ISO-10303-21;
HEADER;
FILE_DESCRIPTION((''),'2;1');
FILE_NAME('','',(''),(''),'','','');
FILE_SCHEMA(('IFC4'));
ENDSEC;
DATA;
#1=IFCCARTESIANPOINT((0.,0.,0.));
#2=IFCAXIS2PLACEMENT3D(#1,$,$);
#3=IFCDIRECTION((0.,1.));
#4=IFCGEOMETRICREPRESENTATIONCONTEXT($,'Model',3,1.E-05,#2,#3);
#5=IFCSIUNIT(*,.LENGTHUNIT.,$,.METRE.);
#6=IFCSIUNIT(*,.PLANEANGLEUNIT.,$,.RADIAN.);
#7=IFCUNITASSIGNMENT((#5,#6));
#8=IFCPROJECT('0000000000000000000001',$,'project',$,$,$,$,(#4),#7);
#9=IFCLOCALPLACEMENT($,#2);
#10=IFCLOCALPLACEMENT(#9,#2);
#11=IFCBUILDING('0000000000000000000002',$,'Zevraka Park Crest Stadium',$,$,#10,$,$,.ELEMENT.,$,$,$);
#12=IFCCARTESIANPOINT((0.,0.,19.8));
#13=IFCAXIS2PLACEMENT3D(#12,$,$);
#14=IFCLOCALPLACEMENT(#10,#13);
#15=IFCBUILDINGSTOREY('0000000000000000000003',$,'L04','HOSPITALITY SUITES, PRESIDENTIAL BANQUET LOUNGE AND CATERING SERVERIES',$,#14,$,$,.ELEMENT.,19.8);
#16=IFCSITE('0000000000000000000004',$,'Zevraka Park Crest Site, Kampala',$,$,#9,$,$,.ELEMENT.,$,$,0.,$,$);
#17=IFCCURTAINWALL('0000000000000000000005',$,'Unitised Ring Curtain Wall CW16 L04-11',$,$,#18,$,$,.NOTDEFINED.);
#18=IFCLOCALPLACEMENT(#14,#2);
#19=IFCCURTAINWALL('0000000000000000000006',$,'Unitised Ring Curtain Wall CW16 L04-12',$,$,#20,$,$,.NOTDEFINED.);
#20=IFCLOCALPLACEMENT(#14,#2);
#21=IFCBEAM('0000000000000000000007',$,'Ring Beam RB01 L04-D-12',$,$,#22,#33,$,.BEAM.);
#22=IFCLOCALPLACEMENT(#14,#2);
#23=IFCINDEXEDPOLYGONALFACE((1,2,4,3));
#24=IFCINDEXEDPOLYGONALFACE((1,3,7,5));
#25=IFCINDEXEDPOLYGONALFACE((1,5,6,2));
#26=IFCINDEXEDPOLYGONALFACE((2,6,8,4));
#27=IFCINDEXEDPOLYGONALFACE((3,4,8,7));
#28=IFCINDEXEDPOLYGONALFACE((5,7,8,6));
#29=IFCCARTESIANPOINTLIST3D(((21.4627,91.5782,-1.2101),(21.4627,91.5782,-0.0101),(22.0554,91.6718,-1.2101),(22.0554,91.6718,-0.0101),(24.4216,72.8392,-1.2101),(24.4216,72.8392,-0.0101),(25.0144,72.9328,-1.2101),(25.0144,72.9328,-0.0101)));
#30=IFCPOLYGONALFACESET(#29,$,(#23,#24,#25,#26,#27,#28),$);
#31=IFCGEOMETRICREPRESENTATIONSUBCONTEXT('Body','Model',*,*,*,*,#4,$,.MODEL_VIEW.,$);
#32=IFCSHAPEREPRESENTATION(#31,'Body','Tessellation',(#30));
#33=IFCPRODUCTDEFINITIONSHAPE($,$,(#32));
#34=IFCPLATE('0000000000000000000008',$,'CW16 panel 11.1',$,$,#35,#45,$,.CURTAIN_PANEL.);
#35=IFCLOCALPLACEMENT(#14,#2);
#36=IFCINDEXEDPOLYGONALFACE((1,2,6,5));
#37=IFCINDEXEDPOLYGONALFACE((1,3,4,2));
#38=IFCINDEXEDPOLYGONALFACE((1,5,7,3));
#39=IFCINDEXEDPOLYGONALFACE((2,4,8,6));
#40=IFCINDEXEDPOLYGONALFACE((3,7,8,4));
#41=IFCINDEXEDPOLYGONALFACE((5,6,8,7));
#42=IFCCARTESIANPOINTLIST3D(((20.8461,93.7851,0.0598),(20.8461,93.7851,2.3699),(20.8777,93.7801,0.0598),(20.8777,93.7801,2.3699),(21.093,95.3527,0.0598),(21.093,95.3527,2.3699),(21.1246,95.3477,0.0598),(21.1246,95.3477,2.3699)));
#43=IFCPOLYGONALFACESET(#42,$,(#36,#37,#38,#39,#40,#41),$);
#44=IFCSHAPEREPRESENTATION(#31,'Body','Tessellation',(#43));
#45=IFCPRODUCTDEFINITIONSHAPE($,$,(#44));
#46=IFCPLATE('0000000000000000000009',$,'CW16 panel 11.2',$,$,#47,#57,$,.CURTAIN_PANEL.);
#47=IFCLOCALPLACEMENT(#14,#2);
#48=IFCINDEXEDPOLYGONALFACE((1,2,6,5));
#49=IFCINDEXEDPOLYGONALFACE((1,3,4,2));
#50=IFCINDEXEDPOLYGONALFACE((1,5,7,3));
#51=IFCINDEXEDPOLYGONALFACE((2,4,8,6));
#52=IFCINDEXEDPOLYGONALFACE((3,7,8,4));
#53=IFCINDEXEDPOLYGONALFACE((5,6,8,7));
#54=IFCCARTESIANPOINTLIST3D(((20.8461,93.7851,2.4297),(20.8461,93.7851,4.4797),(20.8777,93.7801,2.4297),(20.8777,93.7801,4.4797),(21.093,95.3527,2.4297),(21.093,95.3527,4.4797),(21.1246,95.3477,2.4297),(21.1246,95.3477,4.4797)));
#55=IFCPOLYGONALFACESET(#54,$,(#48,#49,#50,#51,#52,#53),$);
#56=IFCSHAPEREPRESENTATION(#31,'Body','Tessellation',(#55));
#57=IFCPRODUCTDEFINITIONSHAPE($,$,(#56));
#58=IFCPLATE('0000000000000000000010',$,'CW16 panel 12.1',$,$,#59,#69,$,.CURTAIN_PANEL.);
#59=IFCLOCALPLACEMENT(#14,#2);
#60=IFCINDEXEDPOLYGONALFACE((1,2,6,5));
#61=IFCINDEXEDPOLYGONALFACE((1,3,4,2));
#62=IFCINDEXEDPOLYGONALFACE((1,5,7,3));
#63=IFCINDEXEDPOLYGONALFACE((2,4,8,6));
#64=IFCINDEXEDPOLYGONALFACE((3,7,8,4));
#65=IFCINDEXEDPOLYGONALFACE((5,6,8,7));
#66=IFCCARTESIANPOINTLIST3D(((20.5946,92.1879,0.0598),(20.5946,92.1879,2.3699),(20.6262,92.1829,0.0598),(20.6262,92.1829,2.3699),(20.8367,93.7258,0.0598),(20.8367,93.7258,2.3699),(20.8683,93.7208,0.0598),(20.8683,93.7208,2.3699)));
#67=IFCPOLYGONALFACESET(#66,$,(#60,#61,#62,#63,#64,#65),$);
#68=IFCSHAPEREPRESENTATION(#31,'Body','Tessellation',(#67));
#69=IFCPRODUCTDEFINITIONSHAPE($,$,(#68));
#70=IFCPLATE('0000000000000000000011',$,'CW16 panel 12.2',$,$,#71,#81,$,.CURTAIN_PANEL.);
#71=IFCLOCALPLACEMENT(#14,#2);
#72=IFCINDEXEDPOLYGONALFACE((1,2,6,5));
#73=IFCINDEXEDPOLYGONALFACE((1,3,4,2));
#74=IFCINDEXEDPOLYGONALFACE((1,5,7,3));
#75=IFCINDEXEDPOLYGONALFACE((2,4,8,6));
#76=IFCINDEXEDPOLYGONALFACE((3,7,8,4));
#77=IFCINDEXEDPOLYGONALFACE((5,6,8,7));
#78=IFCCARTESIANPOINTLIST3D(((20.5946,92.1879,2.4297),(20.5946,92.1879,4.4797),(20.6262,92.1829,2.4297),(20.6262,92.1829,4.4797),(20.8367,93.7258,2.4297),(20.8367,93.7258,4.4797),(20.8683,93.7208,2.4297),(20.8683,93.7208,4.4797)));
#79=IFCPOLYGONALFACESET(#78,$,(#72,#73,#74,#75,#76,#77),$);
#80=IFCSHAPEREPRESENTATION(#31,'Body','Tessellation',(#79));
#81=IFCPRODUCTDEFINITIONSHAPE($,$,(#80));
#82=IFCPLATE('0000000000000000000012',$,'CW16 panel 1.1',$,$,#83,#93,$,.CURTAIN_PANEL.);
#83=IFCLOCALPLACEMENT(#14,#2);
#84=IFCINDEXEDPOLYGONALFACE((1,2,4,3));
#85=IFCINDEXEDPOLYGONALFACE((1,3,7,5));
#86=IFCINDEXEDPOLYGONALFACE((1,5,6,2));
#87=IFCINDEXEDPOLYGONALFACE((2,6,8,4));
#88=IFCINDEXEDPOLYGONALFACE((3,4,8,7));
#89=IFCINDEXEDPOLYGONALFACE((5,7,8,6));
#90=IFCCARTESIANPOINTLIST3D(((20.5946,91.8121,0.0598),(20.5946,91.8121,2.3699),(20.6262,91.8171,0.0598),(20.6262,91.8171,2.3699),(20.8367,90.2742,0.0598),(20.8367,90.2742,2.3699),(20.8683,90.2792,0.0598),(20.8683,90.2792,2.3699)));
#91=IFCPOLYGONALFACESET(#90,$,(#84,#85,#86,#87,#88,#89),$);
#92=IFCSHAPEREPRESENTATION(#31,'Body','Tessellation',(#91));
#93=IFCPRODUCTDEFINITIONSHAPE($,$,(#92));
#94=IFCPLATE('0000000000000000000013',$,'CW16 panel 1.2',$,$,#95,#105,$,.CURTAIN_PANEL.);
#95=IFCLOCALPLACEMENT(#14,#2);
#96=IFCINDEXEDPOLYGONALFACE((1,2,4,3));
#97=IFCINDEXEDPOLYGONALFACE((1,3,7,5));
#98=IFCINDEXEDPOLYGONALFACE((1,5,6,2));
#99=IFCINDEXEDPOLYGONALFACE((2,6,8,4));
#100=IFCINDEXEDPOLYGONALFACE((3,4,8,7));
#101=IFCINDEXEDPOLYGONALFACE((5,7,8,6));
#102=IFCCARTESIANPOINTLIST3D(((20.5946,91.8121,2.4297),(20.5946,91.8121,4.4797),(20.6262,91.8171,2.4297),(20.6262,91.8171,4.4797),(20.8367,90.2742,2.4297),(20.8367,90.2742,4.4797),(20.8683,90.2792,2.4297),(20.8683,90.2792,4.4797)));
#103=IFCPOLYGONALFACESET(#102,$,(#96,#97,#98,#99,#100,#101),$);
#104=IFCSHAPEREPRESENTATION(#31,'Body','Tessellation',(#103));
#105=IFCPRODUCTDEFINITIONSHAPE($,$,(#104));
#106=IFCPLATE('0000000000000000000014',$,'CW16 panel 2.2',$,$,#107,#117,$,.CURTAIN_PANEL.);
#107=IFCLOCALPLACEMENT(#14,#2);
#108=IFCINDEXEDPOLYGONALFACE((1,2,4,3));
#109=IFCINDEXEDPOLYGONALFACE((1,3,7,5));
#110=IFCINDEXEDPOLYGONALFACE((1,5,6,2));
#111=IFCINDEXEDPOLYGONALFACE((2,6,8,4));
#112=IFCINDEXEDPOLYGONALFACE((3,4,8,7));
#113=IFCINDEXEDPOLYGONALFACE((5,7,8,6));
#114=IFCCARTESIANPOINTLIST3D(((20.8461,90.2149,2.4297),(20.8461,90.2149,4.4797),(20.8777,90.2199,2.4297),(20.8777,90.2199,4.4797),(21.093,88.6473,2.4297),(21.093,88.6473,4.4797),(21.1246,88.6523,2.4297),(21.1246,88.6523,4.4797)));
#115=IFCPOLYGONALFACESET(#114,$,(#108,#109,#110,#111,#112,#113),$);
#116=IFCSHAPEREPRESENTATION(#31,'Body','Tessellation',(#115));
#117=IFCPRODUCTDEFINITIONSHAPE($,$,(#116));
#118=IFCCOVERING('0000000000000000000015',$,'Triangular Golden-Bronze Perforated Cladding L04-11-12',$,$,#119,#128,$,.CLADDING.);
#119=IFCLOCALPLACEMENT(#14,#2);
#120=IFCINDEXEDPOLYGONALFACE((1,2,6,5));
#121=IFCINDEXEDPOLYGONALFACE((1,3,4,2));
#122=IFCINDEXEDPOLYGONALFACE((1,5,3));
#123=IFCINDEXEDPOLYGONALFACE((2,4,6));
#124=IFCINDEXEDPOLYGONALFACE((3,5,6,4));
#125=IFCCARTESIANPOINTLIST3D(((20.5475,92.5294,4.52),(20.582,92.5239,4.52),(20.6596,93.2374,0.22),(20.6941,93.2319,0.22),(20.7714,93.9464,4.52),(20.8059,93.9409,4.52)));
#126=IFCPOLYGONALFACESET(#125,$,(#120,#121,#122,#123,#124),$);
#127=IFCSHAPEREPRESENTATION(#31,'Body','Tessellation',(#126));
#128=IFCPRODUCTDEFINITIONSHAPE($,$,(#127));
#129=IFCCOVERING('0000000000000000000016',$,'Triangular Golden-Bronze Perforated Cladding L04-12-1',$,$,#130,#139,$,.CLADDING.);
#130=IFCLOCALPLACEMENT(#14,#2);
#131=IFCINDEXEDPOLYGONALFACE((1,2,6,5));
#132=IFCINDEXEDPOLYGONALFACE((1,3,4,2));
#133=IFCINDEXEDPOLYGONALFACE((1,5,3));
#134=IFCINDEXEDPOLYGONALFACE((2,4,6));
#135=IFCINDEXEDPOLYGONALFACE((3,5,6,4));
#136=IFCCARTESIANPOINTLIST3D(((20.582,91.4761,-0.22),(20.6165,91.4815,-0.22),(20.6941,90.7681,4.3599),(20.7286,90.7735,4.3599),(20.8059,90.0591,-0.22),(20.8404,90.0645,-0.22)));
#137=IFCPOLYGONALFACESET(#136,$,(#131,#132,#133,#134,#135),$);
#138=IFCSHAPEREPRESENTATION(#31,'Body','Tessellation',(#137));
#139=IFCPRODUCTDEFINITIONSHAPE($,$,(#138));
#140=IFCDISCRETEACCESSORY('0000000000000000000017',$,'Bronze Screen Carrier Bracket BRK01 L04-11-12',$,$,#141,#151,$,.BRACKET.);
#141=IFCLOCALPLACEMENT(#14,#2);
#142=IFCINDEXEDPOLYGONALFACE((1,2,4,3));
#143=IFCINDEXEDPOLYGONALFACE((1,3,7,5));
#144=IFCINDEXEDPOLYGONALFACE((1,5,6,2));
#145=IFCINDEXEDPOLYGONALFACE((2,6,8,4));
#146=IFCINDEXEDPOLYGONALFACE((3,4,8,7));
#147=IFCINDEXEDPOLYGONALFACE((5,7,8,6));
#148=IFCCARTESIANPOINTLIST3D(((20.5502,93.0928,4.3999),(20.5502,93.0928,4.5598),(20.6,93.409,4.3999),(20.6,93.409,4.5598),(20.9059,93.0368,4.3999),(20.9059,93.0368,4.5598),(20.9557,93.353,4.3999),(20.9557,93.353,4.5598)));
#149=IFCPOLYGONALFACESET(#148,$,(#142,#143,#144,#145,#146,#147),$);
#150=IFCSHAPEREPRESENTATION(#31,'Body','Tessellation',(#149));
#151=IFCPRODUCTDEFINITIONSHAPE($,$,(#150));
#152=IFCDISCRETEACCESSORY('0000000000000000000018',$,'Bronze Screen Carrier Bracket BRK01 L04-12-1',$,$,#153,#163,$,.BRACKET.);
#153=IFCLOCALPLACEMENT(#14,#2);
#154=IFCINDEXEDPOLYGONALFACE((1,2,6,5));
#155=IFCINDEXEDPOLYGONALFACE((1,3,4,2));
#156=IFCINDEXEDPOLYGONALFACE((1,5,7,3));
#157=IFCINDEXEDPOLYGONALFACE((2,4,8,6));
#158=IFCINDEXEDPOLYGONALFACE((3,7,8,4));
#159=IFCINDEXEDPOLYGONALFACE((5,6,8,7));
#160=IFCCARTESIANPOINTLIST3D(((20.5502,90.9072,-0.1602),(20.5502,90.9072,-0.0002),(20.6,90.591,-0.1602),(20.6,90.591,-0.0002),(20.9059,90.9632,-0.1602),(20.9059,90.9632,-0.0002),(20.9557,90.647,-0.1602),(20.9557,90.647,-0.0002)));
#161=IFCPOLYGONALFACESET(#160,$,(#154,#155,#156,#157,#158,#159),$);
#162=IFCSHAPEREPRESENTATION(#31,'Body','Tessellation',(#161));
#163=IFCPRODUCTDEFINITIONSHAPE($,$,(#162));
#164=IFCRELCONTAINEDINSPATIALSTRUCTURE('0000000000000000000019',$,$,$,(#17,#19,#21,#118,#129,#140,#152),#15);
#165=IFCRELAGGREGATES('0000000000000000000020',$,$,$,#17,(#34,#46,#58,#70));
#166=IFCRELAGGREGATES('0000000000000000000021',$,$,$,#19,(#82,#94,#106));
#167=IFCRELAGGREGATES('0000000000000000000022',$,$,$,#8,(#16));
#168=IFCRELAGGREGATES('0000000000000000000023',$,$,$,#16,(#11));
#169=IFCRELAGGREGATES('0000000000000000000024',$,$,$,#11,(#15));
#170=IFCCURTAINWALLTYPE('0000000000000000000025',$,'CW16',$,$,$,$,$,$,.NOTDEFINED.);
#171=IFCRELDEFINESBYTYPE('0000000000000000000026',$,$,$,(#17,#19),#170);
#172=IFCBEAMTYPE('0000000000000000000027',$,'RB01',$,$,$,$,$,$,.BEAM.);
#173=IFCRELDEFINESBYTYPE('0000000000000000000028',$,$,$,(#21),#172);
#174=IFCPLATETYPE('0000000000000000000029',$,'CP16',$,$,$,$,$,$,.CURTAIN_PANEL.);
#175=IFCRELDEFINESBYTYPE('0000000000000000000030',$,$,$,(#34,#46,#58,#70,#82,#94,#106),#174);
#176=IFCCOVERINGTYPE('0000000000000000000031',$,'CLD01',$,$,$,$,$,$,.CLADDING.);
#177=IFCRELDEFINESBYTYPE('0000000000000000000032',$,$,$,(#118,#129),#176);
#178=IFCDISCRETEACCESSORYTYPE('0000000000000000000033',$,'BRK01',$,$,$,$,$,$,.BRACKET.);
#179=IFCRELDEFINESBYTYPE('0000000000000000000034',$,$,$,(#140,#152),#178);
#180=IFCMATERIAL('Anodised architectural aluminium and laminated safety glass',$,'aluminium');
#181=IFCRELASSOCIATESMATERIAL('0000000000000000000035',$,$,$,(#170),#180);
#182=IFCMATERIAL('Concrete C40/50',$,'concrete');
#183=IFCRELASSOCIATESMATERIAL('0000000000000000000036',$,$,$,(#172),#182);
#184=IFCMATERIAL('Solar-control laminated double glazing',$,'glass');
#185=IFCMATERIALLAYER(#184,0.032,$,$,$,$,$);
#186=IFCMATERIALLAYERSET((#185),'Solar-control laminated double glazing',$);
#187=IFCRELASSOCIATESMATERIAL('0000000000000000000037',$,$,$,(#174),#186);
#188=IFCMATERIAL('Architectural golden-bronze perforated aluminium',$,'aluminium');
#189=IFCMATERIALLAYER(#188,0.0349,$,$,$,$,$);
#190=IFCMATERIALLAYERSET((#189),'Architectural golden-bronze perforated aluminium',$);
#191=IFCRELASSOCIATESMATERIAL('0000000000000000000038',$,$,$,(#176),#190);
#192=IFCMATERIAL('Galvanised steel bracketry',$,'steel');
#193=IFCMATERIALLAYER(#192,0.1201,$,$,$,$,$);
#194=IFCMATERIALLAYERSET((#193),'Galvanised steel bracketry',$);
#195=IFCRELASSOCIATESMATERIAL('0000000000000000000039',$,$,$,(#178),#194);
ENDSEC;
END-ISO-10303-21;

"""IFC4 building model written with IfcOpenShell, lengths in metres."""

from ifc_helpers import new_model, si_unit, direction, frame, origin, origin_2d, place, context, subcontext, project, spatial, polyline, rectangle, outline, extrude, material, layer, layer_set, material_profile, profile_set, type_object, element, aggregate, save


model = new_model("IFC4")

# Units and contexts
model_context = context("Model", 3, precision=1e-05, world=origin(), true_north=direction((0.0, 1.0)))
body_context = subcontext(model_context, "Body", "Model", "MODEL_VIEW")
ifc_project = project(units=[si_unit("LENGTHUNIT", "METRE"), si_unit("PLANEANGLEUNIT", "RADIAN")], contexts=[model_context])

# Site, building, storey
site_placement = place(None, origin())
site = spatial("IfcSite", under=ifc_project, at=site_placement, Name="Zevraka Park Crest Site, Kampala", CompositionType="ELEMENT", RefElevation=0.0)
building_placement = place(site_placement, origin())
building = spatial("IfcBuilding", under=site, at=building_placement, Name="Zevraka Park Crest Stadium", CompositionType="ELEMENT")
storey_placement = place(building_placement, frame((0.0, 0.0, 19.8)))
storey = spatial("IfcBuildingStorey", under=building, at=storey_placement, Name="L04", Description="HOSPITALITY SUITES, PRESIDENTIAL BANQUET LOUNGE AND CATERING SERVERIES", CompositionType="ELEMENT", Elevation=19.8)

# Curtain walls
ifc_material_1 = material(Name="Anodised architectural aluminium and laminated safety glass", Category="aluminium")
curtain_wall_type = type_object("IfcCurtainWallType", Name="CW16", PredefinedType="NOTDEFINED", material=ifc_material_1)
curtain_wall_1_placement = place(storey_placement, origin())
curtain_wall_1 = element("IfcCurtainWall", 1, at=curtain_wall_1_placement, inside=storey, type_object=curtain_wall_type, Name="Unitised Ring Curtain Wall CW16 L04-11", PredefinedType="NOTDEFINED")
curtain_wall_2_placement = place(storey_placement, origin())
curtain_wall_2 = element("IfcCurtainWall", 2, at=curtain_wall_2_placement, inside=storey, type_object=curtain_wall_type, Name="Unitised Ring Curtain Wall CW16 L04-12", PredefinedType="NOTDEFINED")

# Beam
ifc_material_2 = material(Name="Concrete C40/50", Category="concrete")
ifc_material_profile_1 = material_profile(ifc_material_2, rectangle(XDim=0.6001, YDim=1.2, at=origin_2d()), Name="RC 1200x600")
ifc_profile_set_1 = profile_set([ifc_material_profile_1], Name="Concrete C40/50")
beam_type = type_object("IfcBeamType", Name="RB01", PredefinedType="BEAM", material=ifc_profile_set_1)
beam_placement = place(storey_placement, frame((21.759, 91.625, -0.6101), z_axis=(0.155972, -0.987761, 0.0), x_axis=(0.987761, 0.155972, 0.0)))
element("IfcBeam", 3, at=beam_placement, inside=storey, type_object=beam_type, Name="Ring Beam RB01 L04-D-12", PredefinedType="BEAM", context=body_context, shape_type="SweptSolid", body=[
    extrude(rectangle(XDim=0.6001, YDim=1.2, at=origin_2d()), origin(), (0.0, 0.0, 1.0), 18.9712),
])

# Plates
ifc_material_3 = material(Name="Solar-control laminated double glazing", Category="glass")
ifc_layer_1 = layer(ifc_material_3, 0.032)
ifc_layer_set_1 = layer_set([ifc_layer_1], Name="Solar-control laminated double glazing")
plate_type = type_object("IfcPlateType", Name="CP16", PredefinedType="CURTAIN_PANEL", material=ifc_layer_set_1)
plate_1_placement = place(storey_placement, frame((20.9854, 94.5664, 0.0598), z_axis=(0.0, 0.0, 1.0), x_axis=(-0.155539, -0.98783, 0.0)))
plate_1 = element("IfcPlate", 4, at=plate_1_placement, type_object=plate_type, Name="CW16 panel 11.1", PredefinedType="CURTAIN_PANEL", context=body_context, shape_type="SweptSolid", body=[
    extrude(rectangle(XDim=1.5869, YDim=0.032, at=origin_2d()), origin(), (0.0, 0.0, 1.0), 2.3101),
])
plate_2_placement = place(storey_placement, frame((20.9854, 94.5664, 2.4297), z_axis=(0.0, 0.0, 1.0), x_axis=(-0.155539, -0.98783, 0.0)))
plate_2 = element("IfcPlate", 5, at=plate_2_placement, type_object=plate_type, Name="CW16 panel 11.2", PredefinedType="CURTAIN_PANEL", context=body_context, shape_type="SweptSolid", body=[
    extrude(rectangle(XDim=1.5869, YDim=0.032, at=origin_2d()), origin(), (0.0, 0.0, 1.0), 2.05),
])
plate_3_placement = place(storey_placement, frame((20.7314, 92.9543, 0.0598), z_axis=(0.0, 0.0, 1.0), x_axis=(-0.155539, -0.98783, 0.0)))
plate_3 = element("IfcPlate", 6, at=plate_3_placement, type_object=plate_type, Name="CW16 panel 12.1", PredefinedType="CURTAIN_PANEL", context=body_context, shape_type="SweptSolid", body=[
    extrude(rectangle(XDim=1.5569, YDim=0.032, at=origin_2d()), origin(), (0.0, 0.0, 1.0), 2.3101),
])
plate_4_placement = place(storey_placement, frame((20.7314, 92.9543, 2.4297), z_axis=(0.0, 0.0, 1.0), x_axis=(-0.155539, -0.98783, 0.0)))
plate_4 = element("IfcPlate", 7, at=plate_4_placement, type_object=plate_type, Name="CW16 panel 12.2", PredefinedType="CURTAIN_PANEL", context=body_context, shape_type="SweptSolid", body=[
    extrude(rectangle(XDim=1.5569, YDim=0.032, at=origin_2d()), origin(), (0.0, 0.0, 1.0), 2.05),
])
aggregate(curtain_wall_1, [plate_1, plate_2, plate_3, plate_4])
plate_5_placement = place(storey_placement, frame((20.7314, 91.0457, 0.0598), z_axis=(0.0, 0.0, 1.0), x_axis=(0.155539, -0.98783, 0.0)))
plate_5 = element("IfcPlate", 8, at=plate_5_placement, type_object=plate_type, Name="CW16 panel 1.1", PredefinedType="CURTAIN_PANEL", context=body_context, shape_type="SweptSolid", body=[
    extrude(rectangle(XDim=1.5569, YDim=0.032, at=origin_2d()), origin(), (0.0, 0.0, 1.0), 2.3101),
])
plate_6_placement = place(storey_placement, frame((20.7314, 91.0457, 2.4297), z_axis=(0.0, 0.0, 1.0), x_axis=(0.155539, -0.98783, 0.0)))
plate_6 = element("IfcPlate", 9, at=plate_6_placement, type_object=plate_type, Name="CW16 panel 1.2", PredefinedType="CURTAIN_PANEL", context=body_context, shape_type="SweptSolid", body=[
    extrude(rectangle(XDim=1.5569, YDim=0.032, at=origin_2d()), origin(), (0.0, 0.0, 1.0), 2.05),
])
plate_7_placement = place(storey_placement, frame((20.9854, 89.4336, 2.4297), z_axis=(0.0, 0.0, 1.0), x_axis=(0.155539, -0.98783, 0.0)))
plate_7 = element("IfcPlate", 10, at=plate_7_placement, type_object=plate_type, Name="CW16 panel 2.2", PredefinedType="CURTAIN_PANEL", context=body_context, shape_type="SweptSolid", body=[
    extrude(rectangle(XDim=1.5869, YDim=0.032, at=origin_2d()), origin(), (0.0, 0.0, 1.0), 2.05),
])
aggregate(curtain_wall_2, [plate_5, plate_6, plate_7])

# Coverings
ifc_material_4 = material(Name="Architectural golden-bronze perforated aluminium", Category="aluminium")
ifc_layer_2 = layer(ifc_material_4, 0.0349)
ifc_layer_set_2 = layer_set([ifc_layer_2], Name="Architectural golden-bronze perforated aluminium")
covering_type = type_object("IfcCoveringType", Name="CLD01", PredefinedType="CLADDING", material=ifc_layer_set_2)
covering_1_placement = place(storey_placement, frame((20.582, 92.5239, 4.52), z_axis=(0.987748, -0.156059, 0.000046), x_axis=(0.156059, 0.987748, 0.0)))
element("IfcCovering", 11, at=covering_1_placement, inside=storey, type_object=covering_type, Name="Triangular Golden-Bronze Perforated Cladding L04-11-12", PredefinedType="CLADDING", context=body_context, shape_type="SweptSolid", body=[
    extrude(outline(polyline([(0.0, 0.0), (1.4346, 0.0), (0.7168, -4.3), (0.0, 0.0)])), origin(), (0.0, 0.0, -1.0), 0.0349),
])
covering_2_placement = place(storey_placement, frame((20.582, 91.4761, -0.22), z_axis=(-0.987748, -0.156059, 0.000043), x_axis=(0.156059, -0.987748, 0.0)))
element("IfcCovering", 12, at=covering_2_placement, inside=storey, type_object=covering_type, Name="Triangular Golden-Bronze Perforated Cladding L04-12-1", PredefinedType="CLADDING", context=body_context, shape_type="SweptSolid", body=[
    extrude(outline(polyline([(0.0, 0.0), (1.4346, 0.0), (0.7168, 4.5798), (0.0, 0.0)])), origin(), (0.0, 0.0, -1.0), 0.0349),
])

# Discrete accessories
ifc_material_5 = material(Name="Galvanised steel bracketry", Category="steel")
ifc_layer_3 = layer(ifc_material_5, 0.1201)
ifc_layer_set_3 = layer_set([ifc_layer_3], Name="Galvanised steel bracketry")
discrete_accessory_type = type_object("IfcDiscreteAccessoryType", Name="BRK01", PredefinedType="BRACKET", material=ifc_layer_set_3)
for number, where, z_axis, x_axis, name in (
    (13, (20.7529, 93.2229, 4.3999), (0.0, 0.0, 1.0), (-0.155572, -0.987824, 0.0), "Bronze Screen Carrier Bracket BRK01 L04-11-12"),
    (14, (20.7529, 90.7771, -0.1602), (0.0, 0.0, 1.0), (0.155572, -0.987824, 0.0), "Bronze Screen Carrier Bracket BRK01 L04-12-1"),
):
    element("IfcDiscreteAccessory", number, at=place(storey_placement, frame(where, z_axis=z_axis, x_axis=x_axis)), inside=storey, type_object=discrete_accessory_type, Name=name, PredefinedType="BRACKET", context=body_context, shape_type="SweptSolid", body=[
        extrude(rectangle(XDim=0.3201, YDim=0.3601, at=origin_2d()), origin(), (0.0, 0.0, 1.0), 0.1599),
    ])

save(model, "model.ifc")
